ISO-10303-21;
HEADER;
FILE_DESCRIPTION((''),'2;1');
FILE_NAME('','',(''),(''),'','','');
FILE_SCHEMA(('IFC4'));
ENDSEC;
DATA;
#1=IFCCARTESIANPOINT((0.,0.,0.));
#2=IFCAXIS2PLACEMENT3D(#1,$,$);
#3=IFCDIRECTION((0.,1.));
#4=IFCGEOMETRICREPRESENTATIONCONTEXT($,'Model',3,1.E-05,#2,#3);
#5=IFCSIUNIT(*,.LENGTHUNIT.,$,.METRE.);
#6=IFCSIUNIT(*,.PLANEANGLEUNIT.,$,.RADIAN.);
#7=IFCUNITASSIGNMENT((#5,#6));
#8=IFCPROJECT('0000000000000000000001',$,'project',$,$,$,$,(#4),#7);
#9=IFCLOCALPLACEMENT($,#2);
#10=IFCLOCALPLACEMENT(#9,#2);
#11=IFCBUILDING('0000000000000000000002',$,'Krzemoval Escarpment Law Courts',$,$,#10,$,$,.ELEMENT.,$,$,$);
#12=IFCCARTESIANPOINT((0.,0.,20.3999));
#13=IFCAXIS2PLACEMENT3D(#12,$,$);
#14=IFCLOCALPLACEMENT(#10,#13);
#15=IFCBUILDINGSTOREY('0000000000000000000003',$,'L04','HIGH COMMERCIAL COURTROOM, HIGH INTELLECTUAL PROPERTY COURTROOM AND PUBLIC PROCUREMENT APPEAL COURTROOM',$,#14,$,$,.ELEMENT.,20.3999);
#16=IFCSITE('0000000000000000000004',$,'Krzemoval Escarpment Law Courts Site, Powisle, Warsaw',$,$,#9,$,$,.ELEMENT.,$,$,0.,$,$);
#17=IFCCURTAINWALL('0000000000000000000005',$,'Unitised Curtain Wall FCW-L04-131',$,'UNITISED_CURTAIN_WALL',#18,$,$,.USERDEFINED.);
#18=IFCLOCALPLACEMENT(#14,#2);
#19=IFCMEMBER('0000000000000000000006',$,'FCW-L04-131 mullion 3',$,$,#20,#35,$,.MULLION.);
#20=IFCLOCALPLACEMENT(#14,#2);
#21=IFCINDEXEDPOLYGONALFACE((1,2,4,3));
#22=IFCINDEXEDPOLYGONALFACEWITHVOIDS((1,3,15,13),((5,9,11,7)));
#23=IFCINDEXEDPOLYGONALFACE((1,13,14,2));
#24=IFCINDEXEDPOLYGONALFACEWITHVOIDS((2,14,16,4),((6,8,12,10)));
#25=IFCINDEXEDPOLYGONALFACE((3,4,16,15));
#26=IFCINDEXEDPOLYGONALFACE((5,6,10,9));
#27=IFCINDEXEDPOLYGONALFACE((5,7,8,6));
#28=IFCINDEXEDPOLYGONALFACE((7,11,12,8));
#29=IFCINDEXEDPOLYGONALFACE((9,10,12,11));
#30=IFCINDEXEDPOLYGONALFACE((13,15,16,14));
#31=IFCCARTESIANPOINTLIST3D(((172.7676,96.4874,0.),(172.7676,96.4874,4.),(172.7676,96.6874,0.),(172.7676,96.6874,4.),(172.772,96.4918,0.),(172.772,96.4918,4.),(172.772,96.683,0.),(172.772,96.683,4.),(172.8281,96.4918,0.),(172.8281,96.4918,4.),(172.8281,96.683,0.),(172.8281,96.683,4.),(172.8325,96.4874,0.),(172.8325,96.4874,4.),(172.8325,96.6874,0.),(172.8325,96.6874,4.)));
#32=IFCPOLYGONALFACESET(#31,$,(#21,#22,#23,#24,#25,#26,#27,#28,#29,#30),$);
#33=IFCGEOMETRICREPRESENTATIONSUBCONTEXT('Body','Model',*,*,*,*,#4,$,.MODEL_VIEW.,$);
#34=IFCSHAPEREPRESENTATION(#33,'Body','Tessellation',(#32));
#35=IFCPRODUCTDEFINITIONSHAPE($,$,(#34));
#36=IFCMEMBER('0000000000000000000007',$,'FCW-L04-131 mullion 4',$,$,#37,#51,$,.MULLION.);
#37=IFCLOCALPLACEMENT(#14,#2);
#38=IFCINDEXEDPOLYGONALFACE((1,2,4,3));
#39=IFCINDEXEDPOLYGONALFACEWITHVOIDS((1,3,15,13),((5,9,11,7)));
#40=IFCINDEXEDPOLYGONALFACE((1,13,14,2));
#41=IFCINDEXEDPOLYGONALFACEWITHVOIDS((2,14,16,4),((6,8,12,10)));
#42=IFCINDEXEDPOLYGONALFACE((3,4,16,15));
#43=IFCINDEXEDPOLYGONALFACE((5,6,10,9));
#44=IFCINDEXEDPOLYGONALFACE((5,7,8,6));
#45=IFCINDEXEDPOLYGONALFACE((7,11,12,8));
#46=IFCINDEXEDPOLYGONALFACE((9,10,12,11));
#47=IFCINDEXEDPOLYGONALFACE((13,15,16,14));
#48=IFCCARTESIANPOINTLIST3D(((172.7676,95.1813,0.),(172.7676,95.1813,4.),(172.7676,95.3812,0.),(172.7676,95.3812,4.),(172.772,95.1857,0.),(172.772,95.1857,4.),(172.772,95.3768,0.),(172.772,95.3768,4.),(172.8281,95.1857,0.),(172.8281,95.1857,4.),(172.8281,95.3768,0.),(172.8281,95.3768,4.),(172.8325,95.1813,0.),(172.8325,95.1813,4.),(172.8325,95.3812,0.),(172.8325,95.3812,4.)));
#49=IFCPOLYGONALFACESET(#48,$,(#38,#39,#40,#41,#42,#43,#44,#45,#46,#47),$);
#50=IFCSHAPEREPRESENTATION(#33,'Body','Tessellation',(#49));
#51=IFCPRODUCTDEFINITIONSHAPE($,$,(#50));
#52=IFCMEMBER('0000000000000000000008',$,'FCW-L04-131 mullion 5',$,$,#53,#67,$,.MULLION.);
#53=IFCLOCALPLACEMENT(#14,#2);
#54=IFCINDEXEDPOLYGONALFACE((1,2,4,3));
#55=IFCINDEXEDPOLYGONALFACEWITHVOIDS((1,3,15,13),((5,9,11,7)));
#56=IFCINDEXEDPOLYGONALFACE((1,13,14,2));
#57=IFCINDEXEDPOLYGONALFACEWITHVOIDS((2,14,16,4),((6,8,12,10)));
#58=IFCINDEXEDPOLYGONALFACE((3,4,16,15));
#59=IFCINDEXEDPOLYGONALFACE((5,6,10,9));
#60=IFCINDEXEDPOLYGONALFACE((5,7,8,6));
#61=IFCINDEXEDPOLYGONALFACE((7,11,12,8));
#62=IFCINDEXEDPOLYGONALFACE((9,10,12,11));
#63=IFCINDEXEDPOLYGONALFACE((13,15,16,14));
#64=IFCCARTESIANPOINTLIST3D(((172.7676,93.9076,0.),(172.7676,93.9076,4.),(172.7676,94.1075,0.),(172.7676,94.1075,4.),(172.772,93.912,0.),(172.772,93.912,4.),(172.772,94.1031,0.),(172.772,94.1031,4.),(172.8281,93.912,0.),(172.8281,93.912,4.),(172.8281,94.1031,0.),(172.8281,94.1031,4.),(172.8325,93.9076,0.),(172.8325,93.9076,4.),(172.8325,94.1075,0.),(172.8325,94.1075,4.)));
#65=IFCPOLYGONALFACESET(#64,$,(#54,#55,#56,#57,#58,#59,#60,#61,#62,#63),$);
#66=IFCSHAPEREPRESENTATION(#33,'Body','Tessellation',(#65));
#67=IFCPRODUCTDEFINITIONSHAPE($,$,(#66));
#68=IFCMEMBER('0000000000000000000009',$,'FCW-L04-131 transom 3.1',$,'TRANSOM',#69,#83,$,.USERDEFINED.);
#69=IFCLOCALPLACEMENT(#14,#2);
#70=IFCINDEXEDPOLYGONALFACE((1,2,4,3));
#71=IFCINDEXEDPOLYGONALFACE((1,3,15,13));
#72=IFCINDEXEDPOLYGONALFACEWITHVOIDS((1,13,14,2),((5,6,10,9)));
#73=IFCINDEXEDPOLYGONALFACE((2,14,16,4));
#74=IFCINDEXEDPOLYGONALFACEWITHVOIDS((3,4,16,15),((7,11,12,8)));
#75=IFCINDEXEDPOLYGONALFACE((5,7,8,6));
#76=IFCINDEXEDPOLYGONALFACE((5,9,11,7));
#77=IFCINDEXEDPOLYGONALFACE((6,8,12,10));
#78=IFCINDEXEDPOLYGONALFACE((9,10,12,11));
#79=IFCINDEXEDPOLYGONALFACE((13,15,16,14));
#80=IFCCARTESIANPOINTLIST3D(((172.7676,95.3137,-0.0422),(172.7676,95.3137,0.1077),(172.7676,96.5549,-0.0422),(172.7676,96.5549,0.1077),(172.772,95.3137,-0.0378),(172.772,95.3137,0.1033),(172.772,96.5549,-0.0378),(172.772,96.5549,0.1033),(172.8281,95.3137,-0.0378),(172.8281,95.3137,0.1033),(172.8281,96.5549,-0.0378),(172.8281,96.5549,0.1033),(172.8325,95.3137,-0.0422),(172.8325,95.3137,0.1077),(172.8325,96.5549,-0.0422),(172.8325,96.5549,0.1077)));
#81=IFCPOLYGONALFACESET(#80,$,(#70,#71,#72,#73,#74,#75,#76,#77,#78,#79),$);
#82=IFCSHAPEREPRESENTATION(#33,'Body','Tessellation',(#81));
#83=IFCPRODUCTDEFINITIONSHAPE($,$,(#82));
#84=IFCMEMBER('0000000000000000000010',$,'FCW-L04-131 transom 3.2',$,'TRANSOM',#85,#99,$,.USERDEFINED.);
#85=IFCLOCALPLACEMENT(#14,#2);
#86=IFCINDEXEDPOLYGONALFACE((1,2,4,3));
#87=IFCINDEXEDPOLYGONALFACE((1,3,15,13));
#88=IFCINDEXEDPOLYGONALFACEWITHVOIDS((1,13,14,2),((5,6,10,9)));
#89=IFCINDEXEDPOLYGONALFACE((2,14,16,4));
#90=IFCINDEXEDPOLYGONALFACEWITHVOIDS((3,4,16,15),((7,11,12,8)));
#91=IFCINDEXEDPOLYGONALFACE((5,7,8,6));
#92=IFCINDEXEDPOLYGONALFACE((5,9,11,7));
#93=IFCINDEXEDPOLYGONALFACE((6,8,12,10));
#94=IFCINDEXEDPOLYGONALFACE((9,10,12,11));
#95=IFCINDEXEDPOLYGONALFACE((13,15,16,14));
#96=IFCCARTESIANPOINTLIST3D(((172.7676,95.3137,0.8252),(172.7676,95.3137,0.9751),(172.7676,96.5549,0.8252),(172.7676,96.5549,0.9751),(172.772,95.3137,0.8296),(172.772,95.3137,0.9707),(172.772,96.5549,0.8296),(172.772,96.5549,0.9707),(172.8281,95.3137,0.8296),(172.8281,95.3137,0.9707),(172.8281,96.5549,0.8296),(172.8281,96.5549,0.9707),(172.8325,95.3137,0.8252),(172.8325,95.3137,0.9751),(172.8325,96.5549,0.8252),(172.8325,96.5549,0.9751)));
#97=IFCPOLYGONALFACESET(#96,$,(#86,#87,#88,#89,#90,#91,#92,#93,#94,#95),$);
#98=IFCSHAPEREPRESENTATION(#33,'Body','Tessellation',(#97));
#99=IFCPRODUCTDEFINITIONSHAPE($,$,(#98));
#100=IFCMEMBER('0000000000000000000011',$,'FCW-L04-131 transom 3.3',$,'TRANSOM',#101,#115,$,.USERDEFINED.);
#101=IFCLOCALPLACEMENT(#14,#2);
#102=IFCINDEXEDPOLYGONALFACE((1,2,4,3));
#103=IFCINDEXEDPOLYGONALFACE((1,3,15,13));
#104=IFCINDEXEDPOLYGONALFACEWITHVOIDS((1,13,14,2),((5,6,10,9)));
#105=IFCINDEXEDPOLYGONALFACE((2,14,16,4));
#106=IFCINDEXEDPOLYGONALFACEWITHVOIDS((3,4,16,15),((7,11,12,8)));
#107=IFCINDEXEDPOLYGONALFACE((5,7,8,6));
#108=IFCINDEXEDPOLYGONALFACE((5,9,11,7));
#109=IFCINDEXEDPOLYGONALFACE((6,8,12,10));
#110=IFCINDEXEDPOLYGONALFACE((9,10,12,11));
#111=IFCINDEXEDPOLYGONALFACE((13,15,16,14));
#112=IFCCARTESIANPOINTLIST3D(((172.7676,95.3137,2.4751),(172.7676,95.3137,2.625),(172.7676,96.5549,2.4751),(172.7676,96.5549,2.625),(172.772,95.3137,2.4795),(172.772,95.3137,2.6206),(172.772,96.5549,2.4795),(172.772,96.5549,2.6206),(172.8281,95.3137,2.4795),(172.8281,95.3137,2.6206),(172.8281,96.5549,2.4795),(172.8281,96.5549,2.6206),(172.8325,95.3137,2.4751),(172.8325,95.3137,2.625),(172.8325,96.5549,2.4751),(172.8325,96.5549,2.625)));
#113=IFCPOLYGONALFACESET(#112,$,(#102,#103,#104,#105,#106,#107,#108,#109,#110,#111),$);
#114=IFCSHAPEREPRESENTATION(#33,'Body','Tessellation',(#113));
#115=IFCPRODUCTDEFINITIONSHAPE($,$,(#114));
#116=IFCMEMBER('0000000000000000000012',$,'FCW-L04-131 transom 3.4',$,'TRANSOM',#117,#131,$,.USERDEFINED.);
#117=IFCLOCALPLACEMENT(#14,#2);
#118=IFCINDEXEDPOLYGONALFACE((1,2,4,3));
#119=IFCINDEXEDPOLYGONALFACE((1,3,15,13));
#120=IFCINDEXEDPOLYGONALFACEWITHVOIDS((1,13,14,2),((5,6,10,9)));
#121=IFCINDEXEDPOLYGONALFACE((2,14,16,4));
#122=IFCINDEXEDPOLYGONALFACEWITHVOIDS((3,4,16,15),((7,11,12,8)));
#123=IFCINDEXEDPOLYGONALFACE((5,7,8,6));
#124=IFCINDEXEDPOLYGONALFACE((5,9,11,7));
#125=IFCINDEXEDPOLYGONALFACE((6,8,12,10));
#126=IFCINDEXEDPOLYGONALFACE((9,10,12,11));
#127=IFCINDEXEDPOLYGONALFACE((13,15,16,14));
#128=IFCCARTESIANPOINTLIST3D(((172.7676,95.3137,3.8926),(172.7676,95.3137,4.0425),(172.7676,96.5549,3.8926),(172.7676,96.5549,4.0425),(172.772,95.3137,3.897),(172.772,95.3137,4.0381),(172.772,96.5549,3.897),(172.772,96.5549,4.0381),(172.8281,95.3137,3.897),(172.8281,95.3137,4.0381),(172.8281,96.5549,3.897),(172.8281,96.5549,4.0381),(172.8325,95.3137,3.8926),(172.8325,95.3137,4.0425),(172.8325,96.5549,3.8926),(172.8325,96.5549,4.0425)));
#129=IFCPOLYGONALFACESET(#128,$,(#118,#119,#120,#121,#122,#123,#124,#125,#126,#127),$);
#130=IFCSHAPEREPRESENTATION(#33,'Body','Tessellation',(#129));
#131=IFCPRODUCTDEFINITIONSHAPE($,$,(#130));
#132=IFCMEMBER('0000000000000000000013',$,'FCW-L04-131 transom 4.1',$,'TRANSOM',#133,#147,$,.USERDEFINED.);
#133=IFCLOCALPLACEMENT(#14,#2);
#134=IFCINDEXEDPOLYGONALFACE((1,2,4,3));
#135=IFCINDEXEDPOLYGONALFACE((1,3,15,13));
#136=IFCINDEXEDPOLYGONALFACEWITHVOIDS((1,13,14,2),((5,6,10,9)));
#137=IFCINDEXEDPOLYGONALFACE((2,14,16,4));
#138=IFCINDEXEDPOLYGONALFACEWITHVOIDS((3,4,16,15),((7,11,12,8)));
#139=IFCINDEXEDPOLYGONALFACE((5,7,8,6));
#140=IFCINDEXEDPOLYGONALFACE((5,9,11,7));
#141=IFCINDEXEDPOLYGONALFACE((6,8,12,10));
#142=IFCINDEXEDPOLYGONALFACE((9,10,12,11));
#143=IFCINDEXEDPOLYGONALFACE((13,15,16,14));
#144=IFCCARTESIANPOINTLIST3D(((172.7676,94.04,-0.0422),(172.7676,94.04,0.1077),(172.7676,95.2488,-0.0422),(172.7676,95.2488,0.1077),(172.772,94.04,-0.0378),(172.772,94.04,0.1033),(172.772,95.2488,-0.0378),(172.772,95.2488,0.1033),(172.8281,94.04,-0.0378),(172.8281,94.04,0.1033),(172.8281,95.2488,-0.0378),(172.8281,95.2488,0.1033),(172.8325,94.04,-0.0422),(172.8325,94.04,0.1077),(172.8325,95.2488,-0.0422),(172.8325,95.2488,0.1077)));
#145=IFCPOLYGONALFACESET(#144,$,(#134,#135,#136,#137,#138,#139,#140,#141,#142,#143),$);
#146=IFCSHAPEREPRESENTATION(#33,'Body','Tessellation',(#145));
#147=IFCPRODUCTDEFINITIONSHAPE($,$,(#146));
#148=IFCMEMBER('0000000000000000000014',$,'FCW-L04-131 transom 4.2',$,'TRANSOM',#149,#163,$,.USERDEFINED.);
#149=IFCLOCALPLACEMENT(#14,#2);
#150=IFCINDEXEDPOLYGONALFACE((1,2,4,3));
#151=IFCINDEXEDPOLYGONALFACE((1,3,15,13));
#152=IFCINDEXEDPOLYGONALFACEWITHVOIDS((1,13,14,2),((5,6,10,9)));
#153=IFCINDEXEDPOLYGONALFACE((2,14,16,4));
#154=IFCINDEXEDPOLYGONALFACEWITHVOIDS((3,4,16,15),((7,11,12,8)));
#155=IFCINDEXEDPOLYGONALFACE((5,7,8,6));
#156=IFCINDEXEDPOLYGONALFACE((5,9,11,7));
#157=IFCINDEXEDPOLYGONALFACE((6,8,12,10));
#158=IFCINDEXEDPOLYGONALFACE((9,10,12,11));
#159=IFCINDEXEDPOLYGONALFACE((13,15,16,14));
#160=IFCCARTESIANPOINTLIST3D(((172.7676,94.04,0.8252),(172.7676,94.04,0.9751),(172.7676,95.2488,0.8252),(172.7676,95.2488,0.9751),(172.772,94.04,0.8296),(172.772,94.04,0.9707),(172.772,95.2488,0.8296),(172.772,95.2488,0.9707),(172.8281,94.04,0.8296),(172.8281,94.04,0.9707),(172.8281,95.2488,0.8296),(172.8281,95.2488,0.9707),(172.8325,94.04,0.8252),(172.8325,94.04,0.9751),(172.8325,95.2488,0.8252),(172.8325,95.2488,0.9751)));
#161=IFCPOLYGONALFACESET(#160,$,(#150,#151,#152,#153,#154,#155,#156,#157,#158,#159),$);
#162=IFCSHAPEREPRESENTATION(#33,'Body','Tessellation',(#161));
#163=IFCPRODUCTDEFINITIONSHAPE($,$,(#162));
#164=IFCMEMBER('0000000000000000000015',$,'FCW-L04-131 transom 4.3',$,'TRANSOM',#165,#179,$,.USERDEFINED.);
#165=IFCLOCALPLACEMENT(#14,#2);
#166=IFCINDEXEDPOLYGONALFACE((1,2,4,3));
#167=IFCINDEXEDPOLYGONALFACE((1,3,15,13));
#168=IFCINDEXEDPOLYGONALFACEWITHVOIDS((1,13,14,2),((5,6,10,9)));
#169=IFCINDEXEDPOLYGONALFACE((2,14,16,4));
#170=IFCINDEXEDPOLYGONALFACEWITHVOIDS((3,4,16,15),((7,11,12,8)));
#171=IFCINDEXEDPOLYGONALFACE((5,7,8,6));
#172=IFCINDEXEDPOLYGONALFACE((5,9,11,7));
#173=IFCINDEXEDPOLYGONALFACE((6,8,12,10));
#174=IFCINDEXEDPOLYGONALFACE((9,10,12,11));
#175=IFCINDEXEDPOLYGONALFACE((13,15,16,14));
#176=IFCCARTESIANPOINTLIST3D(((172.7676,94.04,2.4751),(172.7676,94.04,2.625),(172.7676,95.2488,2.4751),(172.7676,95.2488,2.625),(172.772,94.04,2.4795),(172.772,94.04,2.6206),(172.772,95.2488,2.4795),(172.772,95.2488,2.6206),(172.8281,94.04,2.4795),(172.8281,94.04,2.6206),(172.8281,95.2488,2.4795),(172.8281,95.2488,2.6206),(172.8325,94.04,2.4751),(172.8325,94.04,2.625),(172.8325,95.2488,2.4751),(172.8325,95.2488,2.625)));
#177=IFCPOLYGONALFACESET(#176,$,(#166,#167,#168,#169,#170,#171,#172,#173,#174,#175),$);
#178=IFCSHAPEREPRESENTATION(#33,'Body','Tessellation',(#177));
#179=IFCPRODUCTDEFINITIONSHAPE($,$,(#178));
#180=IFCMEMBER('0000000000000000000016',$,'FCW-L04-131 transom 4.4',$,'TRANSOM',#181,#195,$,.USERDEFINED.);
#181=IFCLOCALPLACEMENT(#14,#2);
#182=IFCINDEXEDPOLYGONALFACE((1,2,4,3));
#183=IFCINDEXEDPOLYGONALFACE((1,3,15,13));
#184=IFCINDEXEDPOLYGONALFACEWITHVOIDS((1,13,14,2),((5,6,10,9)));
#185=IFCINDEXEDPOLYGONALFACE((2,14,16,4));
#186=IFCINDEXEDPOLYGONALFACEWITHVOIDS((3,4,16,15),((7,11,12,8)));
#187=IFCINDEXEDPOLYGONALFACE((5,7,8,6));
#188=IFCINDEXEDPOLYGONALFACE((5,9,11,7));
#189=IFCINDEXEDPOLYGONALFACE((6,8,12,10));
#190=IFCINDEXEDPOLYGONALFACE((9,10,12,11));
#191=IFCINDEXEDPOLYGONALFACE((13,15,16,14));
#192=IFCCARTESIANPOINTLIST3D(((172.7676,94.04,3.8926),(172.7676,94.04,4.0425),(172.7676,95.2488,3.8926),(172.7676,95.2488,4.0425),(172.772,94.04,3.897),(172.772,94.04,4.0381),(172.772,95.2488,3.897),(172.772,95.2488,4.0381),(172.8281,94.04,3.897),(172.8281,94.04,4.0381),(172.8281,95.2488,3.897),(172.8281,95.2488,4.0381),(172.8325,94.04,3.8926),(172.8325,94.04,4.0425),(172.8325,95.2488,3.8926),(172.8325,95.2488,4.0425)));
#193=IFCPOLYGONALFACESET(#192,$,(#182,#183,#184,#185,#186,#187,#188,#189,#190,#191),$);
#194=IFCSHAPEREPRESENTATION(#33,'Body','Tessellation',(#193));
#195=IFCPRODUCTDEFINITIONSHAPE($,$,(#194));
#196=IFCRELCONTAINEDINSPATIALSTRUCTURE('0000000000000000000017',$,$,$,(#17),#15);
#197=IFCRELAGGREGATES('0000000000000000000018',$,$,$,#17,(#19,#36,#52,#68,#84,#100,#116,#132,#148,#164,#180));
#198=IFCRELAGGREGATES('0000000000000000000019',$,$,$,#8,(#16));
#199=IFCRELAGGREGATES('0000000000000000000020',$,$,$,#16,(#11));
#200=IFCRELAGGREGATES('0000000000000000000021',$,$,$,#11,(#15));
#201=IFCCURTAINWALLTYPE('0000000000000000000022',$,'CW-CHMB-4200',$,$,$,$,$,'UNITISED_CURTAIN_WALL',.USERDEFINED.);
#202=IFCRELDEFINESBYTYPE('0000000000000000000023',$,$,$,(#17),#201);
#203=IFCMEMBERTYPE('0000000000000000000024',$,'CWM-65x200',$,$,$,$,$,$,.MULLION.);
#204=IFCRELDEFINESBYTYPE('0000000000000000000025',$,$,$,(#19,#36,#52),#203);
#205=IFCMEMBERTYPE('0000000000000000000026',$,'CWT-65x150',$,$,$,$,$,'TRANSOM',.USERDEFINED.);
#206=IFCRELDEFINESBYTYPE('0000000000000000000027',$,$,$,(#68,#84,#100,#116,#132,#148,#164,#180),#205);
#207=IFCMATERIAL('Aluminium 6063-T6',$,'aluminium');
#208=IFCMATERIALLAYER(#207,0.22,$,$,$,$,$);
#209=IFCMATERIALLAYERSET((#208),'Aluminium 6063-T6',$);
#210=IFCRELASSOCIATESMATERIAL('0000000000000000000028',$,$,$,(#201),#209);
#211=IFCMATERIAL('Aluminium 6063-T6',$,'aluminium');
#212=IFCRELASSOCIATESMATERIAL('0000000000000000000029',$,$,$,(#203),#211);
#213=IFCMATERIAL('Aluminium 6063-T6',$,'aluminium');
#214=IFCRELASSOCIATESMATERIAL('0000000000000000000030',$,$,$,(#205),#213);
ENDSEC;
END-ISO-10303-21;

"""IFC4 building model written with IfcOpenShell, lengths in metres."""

from ifc_helpers import new_model, si_unit, direction, frame, origin, origin_2d, place, context, subcontext, project, spatial, hollow_rectangle, extrude, material, layer, layer_set, material_profile, profile_set, type_object, element, aggregate, save


model = new_model("IFC4")

# Units and contexts
model_context = context("Model", 3, precision=1e-05, world=origin(), true_north=direction((0.0, 1.0)))
body_context = subcontext(model_context, "Body", "Model", "MODEL_VIEW")
ifc_project = project(units=[si_unit("LENGTHUNIT", "METRE"), si_unit("PLANEANGLEUNIT", "RADIAN")], contexts=[model_context])

# Site, building, storey
site_placement = place(None, origin())
site = spatial("IfcSite", under=ifc_project, at=site_placement, Name="Krzemoval Escarpment Law Courts Site, Powisle, Warsaw", CompositionType="ELEMENT", RefElevation=0.0)
building_placement = place(site_placement, origin())
building = spatial("IfcBuilding", under=site, at=building_placement, Name="Krzemoval Escarpment Law Courts", CompositionType="ELEMENT")
storey_placement = place(building_placement, frame((0.0, 0.0, 20.3999)))
storey = spatial("IfcBuildingStorey", under=building, at=storey_placement, Name="L04", Description="HIGH COMMERCIAL COURTROOM, HIGH INTELLECTUAL PROPERTY COURTROOM AND PUBLIC PROCUREMENT APPEAL COURTROOM", CompositionType="ELEMENT", Elevation=20.3999)

# Curtain wall, members
ifc_material_1 = material(Name="Aluminium 6063-T6", Category="aluminium")
ifc_layer_1 = layer(ifc_material_1, 0.22)
ifc_layer_set_1 = layer_set([ifc_layer_1], Name="Aluminium 6063-T6")
curtain_wall_type = type_object("IfcCurtainWallType", Name="CW-CHMB-4200", ElementType="UNITISED_CURTAIN_WALL", PredefinedType="USERDEFINED", material=ifc_layer_set_1)
curtain_wall_placement = place(storey_placement, origin())
curtain_wall = element("IfcCurtainWall", 1, at=curtain_wall_placement, inside=storey, type_object=curtain_wall_type, Name="Unitised Curtain Wall FCW-L04-131", ObjectType="UNITISED_CURTAIN_WALL", PredefinedType="USERDEFINED")
ifc_material_2 = material(Name="Aluminium 6063-T6", Category="aluminium")
ifc_material_profile_1 = material_profile(ifc_material_2, hollow_rectangle(XDim=0.0649, YDim=0.2, WallThickness=0.0044, at=origin_2d()), Name="ALU M65x200")
ifc_profile_set_1 = profile_set([ifc_material_profile_1], Name="Aluminium 6063-T6")
member_type_1 = type_object("IfcMemberType", Name="CWM-65x200", PredefinedType="MULLION", material=ifc_profile_set_1)
member_1_placement = place(storey_placement, frame((172.8, 96.5874, 0.0), z_axis=(0.0, 0.0, 1.0), x_axis=(1.0, 0.0, 0.0)))
member_1 = element("IfcMember", 2, at=member_1_placement, type_object=member_type_1, Name="FCW-L04-131 mullion 3", PredefinedType="MULLION", context=body_context, shape_type="SweptSolid", body=[
    extrude(hollow_rectangle(XDim=0.0649, YDim=0.2, WallThickness=0.0044, at=origin_2d()), origin(), (0.0, 0.0, 1.0), 4.0),
])
member_2_placement = place(storey_placement, frame((172.8, 95.2812, 0.0), z_axis=(0.0, 0.0, 1.0), x_axis=(1.0, 0.0, 0.0)))
member_2 = element("IfcMember", 3, at=member_2_placement, type_object=member_type_1, Name="FCW-L04-131 mullion 4", PredefinedType="MULLION", context=body_context, shape_type="SweptSolid", body=[
    extrude(hollow_rectangle(XDim=0.0649, YDim=0.2, WallThickness=0.0044, at=origin_2d()), origin(), (0.0, 0.0, 1.0), 4.0),
])
member_3_placement = place(storey_placement, frame((172.8, 94.0076, 0.0), z_axis=(0.0, 0.0, 1.0), x_axis=(1.0, 0.0, 0.0)))
member_3 = element("IfcMember", 4, at=member_3_placement, type_object=member_type_1, Name="FCW-L04-131 mullion 5", PredefinedType="MULLION", context=body_context, shape_type="SweptSolid", body=[
    extrude(hollow_rectangle(XDim=0.0649, YDim=0.2, WallThickness=0.0044, at=origin_2d()), origin(), (0.0, 0.0, 1.0), 4.0),
])
ifc_material_3 = material(Name="Aluminium 6063-T6", Category="aluminium")
ifc_material_profile_2 = material_profile(ifc_material_3, hollow_rectangle(XDim=0.0649, YDim=0.1499, WallThickness=0.0044, at=origin_2d()), Name="ALU T65x150")
ifc_profile_set_2 = profile_set([ifc_material_profile_2], Name="Aluminium 6063-T6")
member_type_2 = type_object("IfcMemberType", Name="CWT-65x150", ElementType="TRANSOM", PredefinedType="USERDEFINED", material=ifc_profile_set_2)
member_4_placement = place(storey_placement, frame((172.8, 96.5549, 0.0327), z_axis=(0.0, -1.0, 0.0), x_axis=(1.0, 0.0, 0.0)))
member_4 = element("IfcMember", 5, at=member_4_placement, type_object=member_type_2, Name="FCW-L04-131 transom 3.1", ObjectType="TRANSOM", PredefinedType="USERDEFINED", context=body_context, shape_type="SweptSolid", body=[
    extrude(hollow_rectangle(XDim=0.0649, YDim=0.1499, WallThickness=0.0044, at=origin_2d()), origin(), (0.0, 0.0, 1.0), 1.2412),
])
member_5_placement = place(storey_placement, frame((172.8, 96.5549, 0.9001), z_axis=(0.0, -1.0, 0.0), x_axis=(1.0, 0.0, 0.0)))
member_5 = element("IfcMember", 6, at=member_5_placement, type_object=member_type_2, Name="FCW-L04-131 transom 3.2", ObjectType="TRANSOM", PredefinedType="USERDEFINED", context=body_context, shape_type="SweptSolid", body=[
    extrude(hollow_rectangle(XDim=0.0649, YDim=0.1499, WallThickness=0.0044, at=origin_2d()), origin(), (0.0, 0.0, 1.0), 1.2412),
])
member_6_placement = place(storey_placement, frame((172.8, 96.5549, 2.55), z_axis=(0.0, -1.0, 0.0), x_axis=(1.0, 0.0, 0.0)))
member_6 = element("IfcMember", 7, at=member_6_placement, type_object=member_type_2, Name="FCW-L04-131 transom 3.3", ObjectType="TRANSOM", PredefinedType="USERDEFINED", context=body_context, shape_type="SweptSolid", body=[
    extrude(hollow_rectangle(XDim=0.0649, YDim=0.1499, WallThickness=0.0044, at=origin_2d()), origin(), (0.0, 0.0, 1.0), 1.2412),
])
member_7_placement = place(storey_placement, frame((172.8, 96.5549, 3.9675), z_axis=(0.0, -1.0, 0.0), x_axis=(1.0, 0.0, 0.0)))
member_7 = element("IfcMember", 8, at=member_7_placement, type_object=member_type_2, Name="FCW-L04-131 transom 3.4", ObjectType="TRANSOM", PredefinedType="USERDEFINED", context=body_context, shape_type="SweptSolid", body=[
    extrude(hollow_rectangle(XDim=0.0649, YDim=0.1499, WallThickness=0.0044, at=origin_2d()), origin(), (0.0, 0.0, 1.0), 1.2412),
])
member_8_placement = place(storey_placement, frame((172.8, 95.2488, 0.0327), z_axis=(0.0, -1.0, 0.0), x_axis=(1.0, 0.0, 0.0)))
member_8 = element("IfcMember", 9, at=member_8_placement, type_object=member_type_2, Name="FCW-L04-131 transom 4.1", ObjectType="TRANSOM", PredefinedType="USERDEFINED", context=body_context, shape_type="SweptSolid", body=[
    extrude(hollow_rectangle(XDim=0.0649, YDim=0.1499, WallThickness=0.0044, at=origin_2d()), origin(), (0.0, 0.0, 1.0), 1.2087),
])
member_9_placement = place(storey_placement, frame((172.8, 95.2488, 0.9001), z_axis=(0.0, -1.0, 0.0), x_axis=(1.0, 0.0, 0.0)))
member_9 = element("IfcMember", 10, at=member_9_placement, type_object=member_type_2, Name="FCW-L04-131 transom 4.2", ObjectType="TRANSOM", PredefinedType="USERDEFINED", context=body_context, shape_type="SweptSolid", body=[
    extrude(hollow_rectangle(XDim=0.0649, YDim=0.1499, WallThickness=0.0044, at=origin_2d()), origin(), (0.0, 0.0, 1.0), 1.2087),
])
member_10_placement = place(storey_placement, frame((172.8, 95.2488, 2.55), z_axis=(0.0, -1.0, 0.0), x_axis=(1.0, 0.0, 0.0)))
member_10 = element("IfcMember", 11, at=member_10_placement, type_object=member_type_2, Name="FCW-L04-131 transom 4.3", ObjectType="TRANSOM", PredefinedType="USERDEFINED", context=body_context, shape_type="SweptSolid", body=[
    extrude(hollow_rectangle(XDim=0.0649, YDim=0.1499, WallThickness=0.0044, at=origin_2d()), origin(), (0.0, 0.0, 1.0), 1.2087),
])
member_11_placement = place(storey_placement, frame((172.8, 95.2488, 3.9675), z_axis=(0.0, -1.0, 0.0), x_axis=(1.0, 0.0, 0.0)))
member_11 = element("IfcMember", 12, at=member_11_placement, type_object=member_type_2, Name="FCW-L04-131 transom 4.4", ObjectType="TRANSOM", PredefinedType="USERDEFINED", context=body_context, shape_type="SweptSolid", body=[
    extrude(hollow_rectangle(XDim=0.0649, YDim=0.1499, WallThickness=0.0044, at=origin_2d()), origin(), (0.0, 0.0, 1.0), 1.2087),
])

aggregate(curtain_wall, [member_1, member_2, member_3, member_4, member_5, member_6, member_7, member_8, member_9, member_10, member_11])

save(model, "model.ifc")
